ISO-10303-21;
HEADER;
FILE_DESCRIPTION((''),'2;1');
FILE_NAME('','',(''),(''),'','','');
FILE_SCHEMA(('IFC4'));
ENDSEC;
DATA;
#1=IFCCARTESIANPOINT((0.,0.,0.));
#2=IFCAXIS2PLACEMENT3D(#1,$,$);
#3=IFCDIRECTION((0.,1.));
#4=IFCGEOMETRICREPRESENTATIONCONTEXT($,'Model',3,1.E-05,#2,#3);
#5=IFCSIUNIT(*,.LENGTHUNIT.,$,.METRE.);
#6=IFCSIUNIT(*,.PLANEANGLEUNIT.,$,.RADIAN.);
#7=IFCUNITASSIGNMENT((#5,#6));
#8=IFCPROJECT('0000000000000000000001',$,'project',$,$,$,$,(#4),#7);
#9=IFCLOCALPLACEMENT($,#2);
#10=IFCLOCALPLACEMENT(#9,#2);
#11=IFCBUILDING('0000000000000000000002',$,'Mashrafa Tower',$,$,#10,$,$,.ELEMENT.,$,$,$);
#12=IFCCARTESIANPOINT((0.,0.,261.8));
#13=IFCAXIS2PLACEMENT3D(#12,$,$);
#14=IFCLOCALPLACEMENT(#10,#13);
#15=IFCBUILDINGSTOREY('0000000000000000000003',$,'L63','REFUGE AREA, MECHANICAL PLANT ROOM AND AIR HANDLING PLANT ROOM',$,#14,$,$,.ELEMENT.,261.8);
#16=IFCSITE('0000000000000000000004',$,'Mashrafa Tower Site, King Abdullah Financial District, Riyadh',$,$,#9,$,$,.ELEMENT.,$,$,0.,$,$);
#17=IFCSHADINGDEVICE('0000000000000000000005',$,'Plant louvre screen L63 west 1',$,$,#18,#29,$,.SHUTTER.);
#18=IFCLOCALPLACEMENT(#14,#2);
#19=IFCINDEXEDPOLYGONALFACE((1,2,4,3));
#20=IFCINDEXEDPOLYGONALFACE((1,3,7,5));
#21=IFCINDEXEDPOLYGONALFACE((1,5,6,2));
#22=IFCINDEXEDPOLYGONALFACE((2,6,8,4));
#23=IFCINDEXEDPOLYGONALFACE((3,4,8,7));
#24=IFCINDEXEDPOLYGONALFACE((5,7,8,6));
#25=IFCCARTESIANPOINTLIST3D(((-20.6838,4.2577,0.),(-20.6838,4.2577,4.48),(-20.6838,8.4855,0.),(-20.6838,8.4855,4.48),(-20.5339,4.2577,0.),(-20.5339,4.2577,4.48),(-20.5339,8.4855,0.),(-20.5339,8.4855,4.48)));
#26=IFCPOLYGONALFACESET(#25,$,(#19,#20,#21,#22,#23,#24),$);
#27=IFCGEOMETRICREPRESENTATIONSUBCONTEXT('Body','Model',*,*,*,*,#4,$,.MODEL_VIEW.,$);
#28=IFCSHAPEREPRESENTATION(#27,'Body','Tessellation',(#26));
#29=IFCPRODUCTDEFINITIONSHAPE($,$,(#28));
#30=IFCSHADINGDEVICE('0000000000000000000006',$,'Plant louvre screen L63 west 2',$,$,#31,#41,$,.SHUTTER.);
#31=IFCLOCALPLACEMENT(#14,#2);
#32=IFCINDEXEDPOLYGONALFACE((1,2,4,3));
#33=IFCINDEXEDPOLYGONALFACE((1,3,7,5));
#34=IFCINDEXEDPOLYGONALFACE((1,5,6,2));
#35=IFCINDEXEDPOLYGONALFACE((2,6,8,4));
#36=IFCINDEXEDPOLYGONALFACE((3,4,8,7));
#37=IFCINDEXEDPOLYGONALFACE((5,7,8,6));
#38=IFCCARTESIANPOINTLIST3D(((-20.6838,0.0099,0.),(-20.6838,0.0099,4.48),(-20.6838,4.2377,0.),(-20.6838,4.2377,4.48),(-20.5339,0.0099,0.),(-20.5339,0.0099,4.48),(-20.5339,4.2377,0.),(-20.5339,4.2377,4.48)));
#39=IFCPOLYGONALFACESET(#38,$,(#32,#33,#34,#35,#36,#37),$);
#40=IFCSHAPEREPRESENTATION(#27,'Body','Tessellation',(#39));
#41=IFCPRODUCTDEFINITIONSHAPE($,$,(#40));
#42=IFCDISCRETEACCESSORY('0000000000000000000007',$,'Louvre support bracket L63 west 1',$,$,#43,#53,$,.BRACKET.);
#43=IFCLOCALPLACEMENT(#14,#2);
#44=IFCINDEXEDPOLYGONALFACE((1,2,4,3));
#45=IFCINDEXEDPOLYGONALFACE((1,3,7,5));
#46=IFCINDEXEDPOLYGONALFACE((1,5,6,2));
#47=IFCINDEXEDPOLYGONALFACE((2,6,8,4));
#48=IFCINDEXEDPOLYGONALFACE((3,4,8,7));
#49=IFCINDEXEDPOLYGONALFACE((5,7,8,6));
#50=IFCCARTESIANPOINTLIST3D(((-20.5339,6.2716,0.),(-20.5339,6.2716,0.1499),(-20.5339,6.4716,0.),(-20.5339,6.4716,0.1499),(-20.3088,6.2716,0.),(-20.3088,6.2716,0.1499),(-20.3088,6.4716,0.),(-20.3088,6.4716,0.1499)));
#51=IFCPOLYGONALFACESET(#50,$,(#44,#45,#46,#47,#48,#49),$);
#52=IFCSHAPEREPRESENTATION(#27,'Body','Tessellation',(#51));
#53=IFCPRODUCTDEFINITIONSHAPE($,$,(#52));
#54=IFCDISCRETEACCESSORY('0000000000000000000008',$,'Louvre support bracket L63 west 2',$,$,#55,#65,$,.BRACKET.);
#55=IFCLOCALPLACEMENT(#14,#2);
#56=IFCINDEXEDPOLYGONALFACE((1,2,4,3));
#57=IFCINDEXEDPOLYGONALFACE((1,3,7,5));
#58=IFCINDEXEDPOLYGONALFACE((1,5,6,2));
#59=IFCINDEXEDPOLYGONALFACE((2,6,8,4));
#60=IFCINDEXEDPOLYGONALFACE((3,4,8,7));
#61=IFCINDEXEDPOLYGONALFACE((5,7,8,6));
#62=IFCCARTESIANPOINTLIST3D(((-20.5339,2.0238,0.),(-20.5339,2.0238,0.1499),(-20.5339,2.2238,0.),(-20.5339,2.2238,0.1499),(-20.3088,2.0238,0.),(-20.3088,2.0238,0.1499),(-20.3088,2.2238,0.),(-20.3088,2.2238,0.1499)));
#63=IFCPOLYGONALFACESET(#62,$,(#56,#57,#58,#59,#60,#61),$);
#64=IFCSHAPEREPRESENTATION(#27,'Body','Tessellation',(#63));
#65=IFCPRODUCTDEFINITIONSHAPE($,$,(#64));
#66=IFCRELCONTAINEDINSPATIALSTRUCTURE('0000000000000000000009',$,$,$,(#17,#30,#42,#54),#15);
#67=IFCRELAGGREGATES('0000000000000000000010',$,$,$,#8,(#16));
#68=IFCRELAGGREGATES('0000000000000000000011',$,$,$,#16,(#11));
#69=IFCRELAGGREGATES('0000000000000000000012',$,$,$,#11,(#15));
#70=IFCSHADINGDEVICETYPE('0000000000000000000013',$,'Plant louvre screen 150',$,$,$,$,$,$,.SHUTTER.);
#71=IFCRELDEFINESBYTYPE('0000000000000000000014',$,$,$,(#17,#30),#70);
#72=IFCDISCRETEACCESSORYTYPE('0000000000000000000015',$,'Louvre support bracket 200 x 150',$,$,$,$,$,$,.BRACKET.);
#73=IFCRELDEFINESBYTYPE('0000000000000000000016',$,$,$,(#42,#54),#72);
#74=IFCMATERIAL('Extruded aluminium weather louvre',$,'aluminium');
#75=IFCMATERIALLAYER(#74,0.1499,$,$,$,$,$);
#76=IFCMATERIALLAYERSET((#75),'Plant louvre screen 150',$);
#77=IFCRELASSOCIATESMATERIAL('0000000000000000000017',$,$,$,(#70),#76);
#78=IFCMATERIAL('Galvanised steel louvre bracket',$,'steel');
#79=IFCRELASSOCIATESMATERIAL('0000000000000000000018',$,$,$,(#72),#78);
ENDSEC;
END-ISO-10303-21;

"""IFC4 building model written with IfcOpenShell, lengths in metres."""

from ifc_helpers import new_model, si_unit, direction, frame, origin, origin_2d, place, context, subcontext, project, spatial, rectangle, extrude, source, transform, mapped, material, layer, layer_set, type_object, type_shapes, element, save


model = new_model("IFC4")

# Units and contexts
model_context = context("Model", 3, precision=1e-05, world=origin(), true_north=direction((0.0, 1.0)))
body_context = subcontext(model_context, "Body", "Model", "MODEL_VIEW")
ifc_project = project(units=[si_unit("LENGTHUNIT", "METRE"), si_unit("PLANEANGLEUNIT", "RADIAN")], contexts=[model_context])

# Site, building, storey
site_placement = place(None, origin())
site = spatial("IfcSite", under=ifc_project, at=site_placement, Name="Mashrafa Tower Site, King Abdullah Financial District, Riyadh", CompositionType="ELEMENT", RefElevation=0.0)
building_placement = place(site_placement, origin())
building = spatial("IfcBuilding", under=site, at=building_placement, Name="Mashrafa Tower", CompositionType="ELEMENT")
storey_placement = place(building_placement, frame((0.0, 0.0, 261.8)))
storey = spatial("IfcBuildingStorey", under=building, at=storey_placement, Name="L63", Description="REFUGE AREA, MECHANICAL PLANT ROOM AND AIR HANDLING PLANT ROOM", CompositionType="ELEMENT", Elevation=261.8)

# Shading devices
ifc_material_1 = material(Name="Extruded aluminium weather louvre", Category="aluminium")
ifc_layer_1 = layer(ifc_material_1, 0.1499)
ifc_layer_set_1 = layer_set([ifc_layer_1], Name="Plant louvre screen 150")
shading_device_type = type_object("IfcShadingDeviceType", Name="Plant louvre screen 150", PredefinedType="SHUTTER", material=ifc_layer_set_1)
shared_shape_1 = source(origin(), body_context, "Body", "SweptSolid", [
    extrude(rectangle(XDim=4.2278, YDim=0.1499, at=origin_2d()), origin(), (0.0, 0.0, 1.0), 4.48),
])
type_shapes(shading_device_type, [shared_shape_1])
for number, where, z_axis, x_axis, name in (
    (1, (-20.6089, 6.3716, 0.0), (0.0, 0.0, 1.0), (0.0, -1.0, 0.0), "Plant louvre screen L63 west 1"),
    (2, (-20.6089, 2.1238, 0.0), (0.0, 0.0, 1.0), (0.0, -1.0, 0.0), "Plant louvre screen L63 west 2"),
):
    element("IfcShadingDevice", number, at=place(storey_placement, frame(where, z_axis=z_axis, x_axis=x_axis)), inside=storey, type_object=shading_device_type, Name=name, PredefinedType="SHUTTER", context=body_context, shape_type="MappedRepresentation", body=[
        mapped(shared_shape_1, transform((0.0, 0.0, 0.0))),
    ])

# Discrete accessories
ifc_material_2 = material(Name="Galvanised steel louvre bracket", Category="steel")
discrete_accessory_type = type_object("IfcDiscreteAccessoryType", Name="Louvre support bracket 200 x 150", PredefinedType="BRACKET", material=ifc_material_2)
shared_shape_2 = source(origin(), body_context, "Body", "SweptSolid", [
    extrude(rectangle(XDim=0.2, YDim=0.2251, at=origin_2d()), origin(), (0.0, 0.0, 1.0), 0.1499),
])
type_shapes(discrete_accessory_type, [shared_shape_2])
for number, where, z_axis, x_axis, name in (
    (3, (-20.4214, 6.3716, 0.0), (0.0, 0.0, 1.0), (0.0, -1.0, 0.0), "Louvre support bracket L63 west 1"),
    (4, (-20.4214, 2.1238, 0.0), (0.0, 0.0, 1.0), (0.0, -1.0, 0.0), "Louvre support bracket L63 west 2"),
):
    element("IfcDiscreteAccessory", number, at=place(storey_placement, frame(where, z_axis=z_axis, x_axis=x_axis)), inside=storey, type_object=discrete_accessory_type, Name=name, PredefinedType="BRACKET", context=body_context, shape_type="MappedRepresentation", body=[
        mapped(shared_shape_2, transform((0.0, 0.0, 0.0))),
    ])

save(model, "model.ifc")
